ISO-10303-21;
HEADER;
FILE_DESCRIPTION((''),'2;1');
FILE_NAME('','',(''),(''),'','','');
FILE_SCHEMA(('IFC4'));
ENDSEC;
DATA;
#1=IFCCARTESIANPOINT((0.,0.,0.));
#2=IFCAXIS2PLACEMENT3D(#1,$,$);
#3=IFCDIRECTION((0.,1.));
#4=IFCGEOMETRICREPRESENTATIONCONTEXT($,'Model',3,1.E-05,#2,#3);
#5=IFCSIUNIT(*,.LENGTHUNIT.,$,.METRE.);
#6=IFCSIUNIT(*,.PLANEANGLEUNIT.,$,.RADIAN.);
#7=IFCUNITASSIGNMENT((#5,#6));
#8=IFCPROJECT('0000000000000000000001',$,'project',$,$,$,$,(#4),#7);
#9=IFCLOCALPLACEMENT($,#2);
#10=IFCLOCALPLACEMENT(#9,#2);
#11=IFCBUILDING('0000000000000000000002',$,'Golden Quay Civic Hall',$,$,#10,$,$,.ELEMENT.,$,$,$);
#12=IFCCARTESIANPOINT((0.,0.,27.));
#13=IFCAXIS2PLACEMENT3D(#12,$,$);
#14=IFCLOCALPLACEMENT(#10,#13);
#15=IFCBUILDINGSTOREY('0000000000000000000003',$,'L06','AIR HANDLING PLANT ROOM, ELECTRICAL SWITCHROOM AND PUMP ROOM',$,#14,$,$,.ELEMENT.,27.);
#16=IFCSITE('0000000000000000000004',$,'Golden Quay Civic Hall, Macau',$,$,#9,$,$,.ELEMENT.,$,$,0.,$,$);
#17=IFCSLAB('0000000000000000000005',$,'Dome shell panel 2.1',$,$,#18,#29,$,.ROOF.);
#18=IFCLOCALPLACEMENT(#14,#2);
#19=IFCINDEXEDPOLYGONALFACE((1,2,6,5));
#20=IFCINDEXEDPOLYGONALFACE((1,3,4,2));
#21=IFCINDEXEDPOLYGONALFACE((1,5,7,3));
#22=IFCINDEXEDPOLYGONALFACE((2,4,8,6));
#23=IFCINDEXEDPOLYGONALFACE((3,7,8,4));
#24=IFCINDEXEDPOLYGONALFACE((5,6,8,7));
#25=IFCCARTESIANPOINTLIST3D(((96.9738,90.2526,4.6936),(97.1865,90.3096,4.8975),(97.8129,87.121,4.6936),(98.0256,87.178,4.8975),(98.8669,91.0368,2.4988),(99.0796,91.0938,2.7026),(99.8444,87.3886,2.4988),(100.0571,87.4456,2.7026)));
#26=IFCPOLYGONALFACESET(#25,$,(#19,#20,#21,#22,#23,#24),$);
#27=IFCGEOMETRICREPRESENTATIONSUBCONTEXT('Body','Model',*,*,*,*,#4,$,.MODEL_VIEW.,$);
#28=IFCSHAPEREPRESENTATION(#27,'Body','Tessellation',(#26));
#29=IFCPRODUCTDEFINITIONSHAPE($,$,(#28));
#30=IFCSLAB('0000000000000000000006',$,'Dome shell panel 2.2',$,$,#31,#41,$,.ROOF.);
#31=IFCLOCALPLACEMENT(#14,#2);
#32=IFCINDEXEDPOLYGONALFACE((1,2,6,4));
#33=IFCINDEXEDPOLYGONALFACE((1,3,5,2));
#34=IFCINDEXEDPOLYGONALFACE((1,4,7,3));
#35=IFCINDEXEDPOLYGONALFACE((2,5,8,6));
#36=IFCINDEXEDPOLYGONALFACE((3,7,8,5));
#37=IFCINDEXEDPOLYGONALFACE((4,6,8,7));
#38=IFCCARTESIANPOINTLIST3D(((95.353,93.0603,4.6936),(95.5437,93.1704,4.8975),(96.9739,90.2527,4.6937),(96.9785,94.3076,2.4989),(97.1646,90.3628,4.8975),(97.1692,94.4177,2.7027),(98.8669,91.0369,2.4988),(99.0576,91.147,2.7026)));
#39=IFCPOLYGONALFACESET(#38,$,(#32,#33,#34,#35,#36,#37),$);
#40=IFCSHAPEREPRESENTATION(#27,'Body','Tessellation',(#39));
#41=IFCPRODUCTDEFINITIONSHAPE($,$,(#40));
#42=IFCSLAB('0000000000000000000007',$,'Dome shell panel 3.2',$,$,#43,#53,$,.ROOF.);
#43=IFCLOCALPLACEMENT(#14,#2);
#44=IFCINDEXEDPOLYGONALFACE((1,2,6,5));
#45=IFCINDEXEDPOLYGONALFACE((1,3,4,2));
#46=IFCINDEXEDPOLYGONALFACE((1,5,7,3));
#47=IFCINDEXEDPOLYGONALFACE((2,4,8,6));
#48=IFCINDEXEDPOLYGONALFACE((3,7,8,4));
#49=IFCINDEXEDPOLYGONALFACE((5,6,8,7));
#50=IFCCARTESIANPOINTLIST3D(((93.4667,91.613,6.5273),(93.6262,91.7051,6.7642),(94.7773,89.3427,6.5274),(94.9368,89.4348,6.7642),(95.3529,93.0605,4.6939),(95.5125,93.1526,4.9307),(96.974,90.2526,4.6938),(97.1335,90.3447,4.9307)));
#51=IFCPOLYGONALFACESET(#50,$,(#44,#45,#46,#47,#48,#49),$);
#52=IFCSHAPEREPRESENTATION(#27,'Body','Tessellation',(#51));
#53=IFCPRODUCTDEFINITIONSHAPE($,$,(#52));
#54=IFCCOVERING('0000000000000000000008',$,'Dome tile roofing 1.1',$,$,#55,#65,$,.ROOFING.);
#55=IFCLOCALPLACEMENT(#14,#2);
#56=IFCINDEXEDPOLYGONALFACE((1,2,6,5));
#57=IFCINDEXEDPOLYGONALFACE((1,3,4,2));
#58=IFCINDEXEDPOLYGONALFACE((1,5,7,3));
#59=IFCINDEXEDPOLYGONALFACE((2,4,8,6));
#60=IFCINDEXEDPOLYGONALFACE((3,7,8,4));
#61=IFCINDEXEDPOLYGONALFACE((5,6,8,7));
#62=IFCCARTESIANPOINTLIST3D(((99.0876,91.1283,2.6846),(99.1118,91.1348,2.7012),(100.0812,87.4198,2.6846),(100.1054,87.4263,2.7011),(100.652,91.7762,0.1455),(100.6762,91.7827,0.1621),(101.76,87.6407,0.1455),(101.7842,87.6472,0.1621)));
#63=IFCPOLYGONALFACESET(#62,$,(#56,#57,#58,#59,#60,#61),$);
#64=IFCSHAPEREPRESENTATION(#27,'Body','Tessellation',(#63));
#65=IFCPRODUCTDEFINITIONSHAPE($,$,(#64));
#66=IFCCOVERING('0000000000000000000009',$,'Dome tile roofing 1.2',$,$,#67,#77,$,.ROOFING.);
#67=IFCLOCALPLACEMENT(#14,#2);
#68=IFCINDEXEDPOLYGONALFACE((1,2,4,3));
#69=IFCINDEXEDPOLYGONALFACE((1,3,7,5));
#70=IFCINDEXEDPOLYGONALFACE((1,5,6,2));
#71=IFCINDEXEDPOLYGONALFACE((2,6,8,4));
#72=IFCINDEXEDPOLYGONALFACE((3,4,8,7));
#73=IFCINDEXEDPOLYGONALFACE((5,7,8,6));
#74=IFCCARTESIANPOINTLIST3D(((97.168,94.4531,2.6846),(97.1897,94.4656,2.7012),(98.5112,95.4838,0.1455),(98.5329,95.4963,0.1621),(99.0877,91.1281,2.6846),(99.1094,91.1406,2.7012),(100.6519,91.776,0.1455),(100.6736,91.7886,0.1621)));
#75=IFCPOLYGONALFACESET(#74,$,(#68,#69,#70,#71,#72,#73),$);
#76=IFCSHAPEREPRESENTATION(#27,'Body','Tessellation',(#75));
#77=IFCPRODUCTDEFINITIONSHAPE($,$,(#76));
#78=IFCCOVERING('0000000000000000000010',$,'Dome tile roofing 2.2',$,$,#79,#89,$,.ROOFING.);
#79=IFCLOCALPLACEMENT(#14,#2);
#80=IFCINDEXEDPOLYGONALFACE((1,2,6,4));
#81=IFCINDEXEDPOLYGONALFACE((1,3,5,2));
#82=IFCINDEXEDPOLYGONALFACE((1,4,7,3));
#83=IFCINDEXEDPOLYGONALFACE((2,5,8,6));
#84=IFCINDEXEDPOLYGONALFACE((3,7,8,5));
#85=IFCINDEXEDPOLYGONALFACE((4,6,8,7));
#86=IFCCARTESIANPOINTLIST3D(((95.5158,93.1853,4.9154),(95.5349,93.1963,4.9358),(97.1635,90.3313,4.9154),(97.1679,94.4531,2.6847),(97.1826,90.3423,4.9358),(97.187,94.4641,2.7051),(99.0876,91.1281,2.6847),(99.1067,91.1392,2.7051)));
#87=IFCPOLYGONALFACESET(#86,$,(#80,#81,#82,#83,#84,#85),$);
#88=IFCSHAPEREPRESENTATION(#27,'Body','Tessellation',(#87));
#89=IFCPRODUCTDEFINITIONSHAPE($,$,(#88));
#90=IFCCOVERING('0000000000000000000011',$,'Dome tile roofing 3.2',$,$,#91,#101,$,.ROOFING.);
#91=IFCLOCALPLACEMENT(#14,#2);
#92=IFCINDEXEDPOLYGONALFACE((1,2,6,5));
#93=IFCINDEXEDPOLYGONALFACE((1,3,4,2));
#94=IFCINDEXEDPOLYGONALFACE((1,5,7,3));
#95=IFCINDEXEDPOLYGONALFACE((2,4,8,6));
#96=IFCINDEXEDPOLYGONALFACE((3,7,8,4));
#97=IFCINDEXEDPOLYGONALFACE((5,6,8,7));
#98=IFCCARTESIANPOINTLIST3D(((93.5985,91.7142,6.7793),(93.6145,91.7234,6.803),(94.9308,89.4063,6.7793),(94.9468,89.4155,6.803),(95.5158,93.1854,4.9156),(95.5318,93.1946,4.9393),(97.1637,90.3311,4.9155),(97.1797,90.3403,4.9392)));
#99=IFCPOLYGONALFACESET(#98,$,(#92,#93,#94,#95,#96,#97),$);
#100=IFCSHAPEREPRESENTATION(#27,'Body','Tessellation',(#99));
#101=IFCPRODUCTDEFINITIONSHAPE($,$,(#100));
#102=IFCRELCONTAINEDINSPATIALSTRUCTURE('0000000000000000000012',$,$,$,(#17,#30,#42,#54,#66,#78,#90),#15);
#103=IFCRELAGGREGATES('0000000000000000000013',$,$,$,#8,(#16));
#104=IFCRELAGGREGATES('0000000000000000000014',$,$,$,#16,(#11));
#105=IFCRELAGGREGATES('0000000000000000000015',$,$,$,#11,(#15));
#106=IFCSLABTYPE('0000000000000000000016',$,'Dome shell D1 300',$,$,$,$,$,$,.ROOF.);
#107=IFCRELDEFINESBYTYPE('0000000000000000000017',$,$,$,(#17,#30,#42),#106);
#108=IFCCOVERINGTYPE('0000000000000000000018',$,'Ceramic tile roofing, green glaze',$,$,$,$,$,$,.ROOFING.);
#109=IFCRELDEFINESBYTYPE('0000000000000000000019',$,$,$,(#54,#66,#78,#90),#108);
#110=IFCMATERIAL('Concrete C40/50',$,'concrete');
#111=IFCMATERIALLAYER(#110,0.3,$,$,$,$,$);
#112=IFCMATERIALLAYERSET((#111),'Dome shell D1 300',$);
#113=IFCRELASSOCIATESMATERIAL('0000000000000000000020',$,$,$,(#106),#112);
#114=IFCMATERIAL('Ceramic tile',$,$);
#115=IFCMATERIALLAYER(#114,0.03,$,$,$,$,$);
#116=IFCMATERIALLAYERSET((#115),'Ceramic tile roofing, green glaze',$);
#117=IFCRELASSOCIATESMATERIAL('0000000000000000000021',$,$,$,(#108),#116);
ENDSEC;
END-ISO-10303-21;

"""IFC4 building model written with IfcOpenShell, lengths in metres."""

from ifc_helpers import new_model, si_unit, direction, frame, origin, place, context, subcontext, project, spatial, polyline, outline, extrude, material, layer, layer_set, type_object, element, save


model = new_model("IFC4")

# Units and contexts
model_context = context("Model", 3, precision=1e-05, world=origin(), true_north=direction((0.0, 1.0)))
body_context = subcontext(model_context, "Body", "Model", "MODEL_VIEW")
ifc_project = project(units=[si_unit("LENGTHUNIT", "METRE"), si_unit("PLANEANGLEUNIT", "RADIAN")], contexts=[model_context])

# Site, building, storey
site_placement = place(None, origin())
site = spatial("IfcSite", under=ifc_project, at=site_placement, Name="Golden Quay Civic Hall, Macau", CompositionType="ELEMENT", RefElevation=0.0)
building_placement = place(site_placement, origin())
building = spatial("IfcBuilding", under=site, at=building_placement, Name="Golden Quay Civic Hall", CompositionType="ELEMENT")
storey_placement = place(building_placement, frame((0.0, 0.0, 27.0)))
storey = spatial("IfcBuildingStorey", under=building, at=storey_placement, Name="L06", Description="AIR HANDLING PLANT ROOM, ELECTRICAL SWITCHROOM AND PUMP ROOM", CompositionType="ELEMENT", Elevation=27.0)

# Slabs
ifc_material_1 = material(Name="Concrete C40/50", Category="concrete")
ifc_layer_1 = layer(ifc_material_1, 0.3)
ifc_layer_set_1 = layer_set([ifc_layer_1], Name="Dome shell D1 300")
slab_type = type_object("IfcSlabType", Name="Dome shell D1 300", PredefinedType="ROOF", material=ifc_layer_set_1)
slab_1_placement = place(storey_placement, frame((100.0571, 87.4456, 2.7026), z_axis=(0.708874, 0.189944, 0.679278), x_axis=(-0.258821, 0.965925, 0.0)))
element("IfcSlab", 1, at=slab_1_placement, inside=storey, type_object=slab_type, Name="Dome shell panel 2.1", PredefinedType="ROOF", context=body_context, shape_type="SweptSolid", body=[
    extrude(outline(polyline([(0.0, 0.0), (3.7769, 0.0), (3.5094, 2.9907), (0.2673, 2.9907), (0.0, 0.0)])), origin(), (0.0, 0.0, -1.0), 0.3),
])
slab_2_placement = place(storey_placement, frame((99.0576, 91.147, 2.7026), z_axis=(0.635573, 0.366941, 0.679265), x_axis=(-0.500001, 0.866025, 0.000011)))
element("IfcSlab", 2, at=slab_2_placement, inside=storey, type_object=slab_type, Name="Dome shell panel 2.2", PredefinedType="ROOF", context=body_context, shape_type="SweptSolid", body=[
    extrude(outline(polyline([(0.0, 0.0), (3.7768, 0.0), (3.5093, 2.9906), (0.2674, 2.9907), (0.0, 0.0)])), origin(), (0.0, 0.0, -1.0), 0.3),
])
slab_3_placement = place(storey_placement, frame((97.1335, 90.3447, 4.9307), z_axis=(0.531698, 0.306954, 0.789352), x_axis=(-0.499986, 0.866034, 0.000012)))
element("IfcSlab", 3, at=slab_3_placement, inside=storey, type_object=slab_type, Name="Dome shell panel 3.2", PredefinedType="ROOF", context=body_context, shape_type="SweptSolid", body=[
    extrude(outline(polyline([(0.0, 0.0), (3.2422, 0.0), (2.9317, 2.9864), (0.3104, 2.9865), (0.0, 0.0)])), origin(), (0.0, 0.0, -1.0), 0.3),
])

# Coverings
ifc_material_2 = material(Name="Ceramic tile")
ifc_layer_2 = layer(ifc_material_2, 0.03)
ifc_layer_set_2 = layer_set([ifc_layer_2], Name="Ceramic tile roofing, green glaze")
covering_type = type_object("IfcCoveringType", Name="Ceramic tile roofing, green glaze", PredefinedType="ROOFING", material=ifc_layer_set_2)
covering_1_placement = place(storey_placement, frame((101.7842, 87.6472, 0.1621), z_axis=(0.80574, 0.215874, 0.551526), x_axis=(-0.258788, 0.965934, -0.000008)))
element("IfcCovering", 4, at=covering_1_placement, inside=storey, type_object=covering_type, Name="Dome tile roofing 1.1", PredefinedType="ROOFING", context=body_context, shape_type="SweptSolid", body=[
    extrude(outline(polyline([(0.0, 0.0), (4.2813, 0.0), (4.0603, 3.0439), (0.221, 3.0438), (0.0, 0.0)])), origin(), (0.0, 0.0, -1.0), 0.03),
])
covering_2_placement = place(storey_placement, frame((100.6736, 91.7886, 0.1621), z_axis=(0.722419, 0.417085, 0.551498), x_axis=(-0.499995, 0.866028, -0.000003)))
element("IfcCovering", 5, at=covering_2_placement, inside=storey, type_object=covering_type, Name="Dome tile roofing 1.2", PredefinedType="ROOFING", context=body_context, shape_type="SweptSolid", body=[
    extrude(outline(polyline([(0.0, 0.0), (4.2813, 0.0), (4.0603, 3.0438), (0.2209, 3.0438), (0.0, 0.0)])), origin(), (0.0, 0.0, -1.0), 0.03),
])
covering_3_placement = place(storey_placement, frame((99.1067, 91.1392, 2.7051), z_axis=(0.635567, 0.366941, 0.679271), x_axis=(-0.499999, 0.866026, 0.000004)))
element("IfcCovering", 6, at=covering_3_placement, inside=storey, type_object=covering_type, Name="Dome tile roofing 2.2", PredefinedType="ROOFING", context=body_context, shape_type="SweptSolid", body=[
    extrude(outline(polyline([(0.0, 0.0), (3.8393, 0.0), (3.5674, 3.0396), (0.2719, 3.0396), (0.0, 0.0)])), origin(), (0.0, 0.0, -1.0), 0.03),
])
covering_4_placement = place(storey_placement, frame((97.1797, 90.3403, 4.9392), z_axis=(0.531723, 0.306978, 0.789326), x_axis=(-0.500001, 0.866025, 0.000015)))
element("IfcCovering", 7, at=covering_4_placement, inside=storey, type_object=covering_type, Name="Dome tile roofing 3.2", PredefinedType="ROOFING", context=body_context, shape_type="SweptSolid", body=[
    extrude(outline(polyline([(0.0, 0.0), (3.2958, 0.0), (2.9804, 3.0355), (0.3156, 3.0357), (0.0, 0.0)])), origin(), (0.0, 0.0, -1.0), 0.03),
])

save(model, "model.ifc")
